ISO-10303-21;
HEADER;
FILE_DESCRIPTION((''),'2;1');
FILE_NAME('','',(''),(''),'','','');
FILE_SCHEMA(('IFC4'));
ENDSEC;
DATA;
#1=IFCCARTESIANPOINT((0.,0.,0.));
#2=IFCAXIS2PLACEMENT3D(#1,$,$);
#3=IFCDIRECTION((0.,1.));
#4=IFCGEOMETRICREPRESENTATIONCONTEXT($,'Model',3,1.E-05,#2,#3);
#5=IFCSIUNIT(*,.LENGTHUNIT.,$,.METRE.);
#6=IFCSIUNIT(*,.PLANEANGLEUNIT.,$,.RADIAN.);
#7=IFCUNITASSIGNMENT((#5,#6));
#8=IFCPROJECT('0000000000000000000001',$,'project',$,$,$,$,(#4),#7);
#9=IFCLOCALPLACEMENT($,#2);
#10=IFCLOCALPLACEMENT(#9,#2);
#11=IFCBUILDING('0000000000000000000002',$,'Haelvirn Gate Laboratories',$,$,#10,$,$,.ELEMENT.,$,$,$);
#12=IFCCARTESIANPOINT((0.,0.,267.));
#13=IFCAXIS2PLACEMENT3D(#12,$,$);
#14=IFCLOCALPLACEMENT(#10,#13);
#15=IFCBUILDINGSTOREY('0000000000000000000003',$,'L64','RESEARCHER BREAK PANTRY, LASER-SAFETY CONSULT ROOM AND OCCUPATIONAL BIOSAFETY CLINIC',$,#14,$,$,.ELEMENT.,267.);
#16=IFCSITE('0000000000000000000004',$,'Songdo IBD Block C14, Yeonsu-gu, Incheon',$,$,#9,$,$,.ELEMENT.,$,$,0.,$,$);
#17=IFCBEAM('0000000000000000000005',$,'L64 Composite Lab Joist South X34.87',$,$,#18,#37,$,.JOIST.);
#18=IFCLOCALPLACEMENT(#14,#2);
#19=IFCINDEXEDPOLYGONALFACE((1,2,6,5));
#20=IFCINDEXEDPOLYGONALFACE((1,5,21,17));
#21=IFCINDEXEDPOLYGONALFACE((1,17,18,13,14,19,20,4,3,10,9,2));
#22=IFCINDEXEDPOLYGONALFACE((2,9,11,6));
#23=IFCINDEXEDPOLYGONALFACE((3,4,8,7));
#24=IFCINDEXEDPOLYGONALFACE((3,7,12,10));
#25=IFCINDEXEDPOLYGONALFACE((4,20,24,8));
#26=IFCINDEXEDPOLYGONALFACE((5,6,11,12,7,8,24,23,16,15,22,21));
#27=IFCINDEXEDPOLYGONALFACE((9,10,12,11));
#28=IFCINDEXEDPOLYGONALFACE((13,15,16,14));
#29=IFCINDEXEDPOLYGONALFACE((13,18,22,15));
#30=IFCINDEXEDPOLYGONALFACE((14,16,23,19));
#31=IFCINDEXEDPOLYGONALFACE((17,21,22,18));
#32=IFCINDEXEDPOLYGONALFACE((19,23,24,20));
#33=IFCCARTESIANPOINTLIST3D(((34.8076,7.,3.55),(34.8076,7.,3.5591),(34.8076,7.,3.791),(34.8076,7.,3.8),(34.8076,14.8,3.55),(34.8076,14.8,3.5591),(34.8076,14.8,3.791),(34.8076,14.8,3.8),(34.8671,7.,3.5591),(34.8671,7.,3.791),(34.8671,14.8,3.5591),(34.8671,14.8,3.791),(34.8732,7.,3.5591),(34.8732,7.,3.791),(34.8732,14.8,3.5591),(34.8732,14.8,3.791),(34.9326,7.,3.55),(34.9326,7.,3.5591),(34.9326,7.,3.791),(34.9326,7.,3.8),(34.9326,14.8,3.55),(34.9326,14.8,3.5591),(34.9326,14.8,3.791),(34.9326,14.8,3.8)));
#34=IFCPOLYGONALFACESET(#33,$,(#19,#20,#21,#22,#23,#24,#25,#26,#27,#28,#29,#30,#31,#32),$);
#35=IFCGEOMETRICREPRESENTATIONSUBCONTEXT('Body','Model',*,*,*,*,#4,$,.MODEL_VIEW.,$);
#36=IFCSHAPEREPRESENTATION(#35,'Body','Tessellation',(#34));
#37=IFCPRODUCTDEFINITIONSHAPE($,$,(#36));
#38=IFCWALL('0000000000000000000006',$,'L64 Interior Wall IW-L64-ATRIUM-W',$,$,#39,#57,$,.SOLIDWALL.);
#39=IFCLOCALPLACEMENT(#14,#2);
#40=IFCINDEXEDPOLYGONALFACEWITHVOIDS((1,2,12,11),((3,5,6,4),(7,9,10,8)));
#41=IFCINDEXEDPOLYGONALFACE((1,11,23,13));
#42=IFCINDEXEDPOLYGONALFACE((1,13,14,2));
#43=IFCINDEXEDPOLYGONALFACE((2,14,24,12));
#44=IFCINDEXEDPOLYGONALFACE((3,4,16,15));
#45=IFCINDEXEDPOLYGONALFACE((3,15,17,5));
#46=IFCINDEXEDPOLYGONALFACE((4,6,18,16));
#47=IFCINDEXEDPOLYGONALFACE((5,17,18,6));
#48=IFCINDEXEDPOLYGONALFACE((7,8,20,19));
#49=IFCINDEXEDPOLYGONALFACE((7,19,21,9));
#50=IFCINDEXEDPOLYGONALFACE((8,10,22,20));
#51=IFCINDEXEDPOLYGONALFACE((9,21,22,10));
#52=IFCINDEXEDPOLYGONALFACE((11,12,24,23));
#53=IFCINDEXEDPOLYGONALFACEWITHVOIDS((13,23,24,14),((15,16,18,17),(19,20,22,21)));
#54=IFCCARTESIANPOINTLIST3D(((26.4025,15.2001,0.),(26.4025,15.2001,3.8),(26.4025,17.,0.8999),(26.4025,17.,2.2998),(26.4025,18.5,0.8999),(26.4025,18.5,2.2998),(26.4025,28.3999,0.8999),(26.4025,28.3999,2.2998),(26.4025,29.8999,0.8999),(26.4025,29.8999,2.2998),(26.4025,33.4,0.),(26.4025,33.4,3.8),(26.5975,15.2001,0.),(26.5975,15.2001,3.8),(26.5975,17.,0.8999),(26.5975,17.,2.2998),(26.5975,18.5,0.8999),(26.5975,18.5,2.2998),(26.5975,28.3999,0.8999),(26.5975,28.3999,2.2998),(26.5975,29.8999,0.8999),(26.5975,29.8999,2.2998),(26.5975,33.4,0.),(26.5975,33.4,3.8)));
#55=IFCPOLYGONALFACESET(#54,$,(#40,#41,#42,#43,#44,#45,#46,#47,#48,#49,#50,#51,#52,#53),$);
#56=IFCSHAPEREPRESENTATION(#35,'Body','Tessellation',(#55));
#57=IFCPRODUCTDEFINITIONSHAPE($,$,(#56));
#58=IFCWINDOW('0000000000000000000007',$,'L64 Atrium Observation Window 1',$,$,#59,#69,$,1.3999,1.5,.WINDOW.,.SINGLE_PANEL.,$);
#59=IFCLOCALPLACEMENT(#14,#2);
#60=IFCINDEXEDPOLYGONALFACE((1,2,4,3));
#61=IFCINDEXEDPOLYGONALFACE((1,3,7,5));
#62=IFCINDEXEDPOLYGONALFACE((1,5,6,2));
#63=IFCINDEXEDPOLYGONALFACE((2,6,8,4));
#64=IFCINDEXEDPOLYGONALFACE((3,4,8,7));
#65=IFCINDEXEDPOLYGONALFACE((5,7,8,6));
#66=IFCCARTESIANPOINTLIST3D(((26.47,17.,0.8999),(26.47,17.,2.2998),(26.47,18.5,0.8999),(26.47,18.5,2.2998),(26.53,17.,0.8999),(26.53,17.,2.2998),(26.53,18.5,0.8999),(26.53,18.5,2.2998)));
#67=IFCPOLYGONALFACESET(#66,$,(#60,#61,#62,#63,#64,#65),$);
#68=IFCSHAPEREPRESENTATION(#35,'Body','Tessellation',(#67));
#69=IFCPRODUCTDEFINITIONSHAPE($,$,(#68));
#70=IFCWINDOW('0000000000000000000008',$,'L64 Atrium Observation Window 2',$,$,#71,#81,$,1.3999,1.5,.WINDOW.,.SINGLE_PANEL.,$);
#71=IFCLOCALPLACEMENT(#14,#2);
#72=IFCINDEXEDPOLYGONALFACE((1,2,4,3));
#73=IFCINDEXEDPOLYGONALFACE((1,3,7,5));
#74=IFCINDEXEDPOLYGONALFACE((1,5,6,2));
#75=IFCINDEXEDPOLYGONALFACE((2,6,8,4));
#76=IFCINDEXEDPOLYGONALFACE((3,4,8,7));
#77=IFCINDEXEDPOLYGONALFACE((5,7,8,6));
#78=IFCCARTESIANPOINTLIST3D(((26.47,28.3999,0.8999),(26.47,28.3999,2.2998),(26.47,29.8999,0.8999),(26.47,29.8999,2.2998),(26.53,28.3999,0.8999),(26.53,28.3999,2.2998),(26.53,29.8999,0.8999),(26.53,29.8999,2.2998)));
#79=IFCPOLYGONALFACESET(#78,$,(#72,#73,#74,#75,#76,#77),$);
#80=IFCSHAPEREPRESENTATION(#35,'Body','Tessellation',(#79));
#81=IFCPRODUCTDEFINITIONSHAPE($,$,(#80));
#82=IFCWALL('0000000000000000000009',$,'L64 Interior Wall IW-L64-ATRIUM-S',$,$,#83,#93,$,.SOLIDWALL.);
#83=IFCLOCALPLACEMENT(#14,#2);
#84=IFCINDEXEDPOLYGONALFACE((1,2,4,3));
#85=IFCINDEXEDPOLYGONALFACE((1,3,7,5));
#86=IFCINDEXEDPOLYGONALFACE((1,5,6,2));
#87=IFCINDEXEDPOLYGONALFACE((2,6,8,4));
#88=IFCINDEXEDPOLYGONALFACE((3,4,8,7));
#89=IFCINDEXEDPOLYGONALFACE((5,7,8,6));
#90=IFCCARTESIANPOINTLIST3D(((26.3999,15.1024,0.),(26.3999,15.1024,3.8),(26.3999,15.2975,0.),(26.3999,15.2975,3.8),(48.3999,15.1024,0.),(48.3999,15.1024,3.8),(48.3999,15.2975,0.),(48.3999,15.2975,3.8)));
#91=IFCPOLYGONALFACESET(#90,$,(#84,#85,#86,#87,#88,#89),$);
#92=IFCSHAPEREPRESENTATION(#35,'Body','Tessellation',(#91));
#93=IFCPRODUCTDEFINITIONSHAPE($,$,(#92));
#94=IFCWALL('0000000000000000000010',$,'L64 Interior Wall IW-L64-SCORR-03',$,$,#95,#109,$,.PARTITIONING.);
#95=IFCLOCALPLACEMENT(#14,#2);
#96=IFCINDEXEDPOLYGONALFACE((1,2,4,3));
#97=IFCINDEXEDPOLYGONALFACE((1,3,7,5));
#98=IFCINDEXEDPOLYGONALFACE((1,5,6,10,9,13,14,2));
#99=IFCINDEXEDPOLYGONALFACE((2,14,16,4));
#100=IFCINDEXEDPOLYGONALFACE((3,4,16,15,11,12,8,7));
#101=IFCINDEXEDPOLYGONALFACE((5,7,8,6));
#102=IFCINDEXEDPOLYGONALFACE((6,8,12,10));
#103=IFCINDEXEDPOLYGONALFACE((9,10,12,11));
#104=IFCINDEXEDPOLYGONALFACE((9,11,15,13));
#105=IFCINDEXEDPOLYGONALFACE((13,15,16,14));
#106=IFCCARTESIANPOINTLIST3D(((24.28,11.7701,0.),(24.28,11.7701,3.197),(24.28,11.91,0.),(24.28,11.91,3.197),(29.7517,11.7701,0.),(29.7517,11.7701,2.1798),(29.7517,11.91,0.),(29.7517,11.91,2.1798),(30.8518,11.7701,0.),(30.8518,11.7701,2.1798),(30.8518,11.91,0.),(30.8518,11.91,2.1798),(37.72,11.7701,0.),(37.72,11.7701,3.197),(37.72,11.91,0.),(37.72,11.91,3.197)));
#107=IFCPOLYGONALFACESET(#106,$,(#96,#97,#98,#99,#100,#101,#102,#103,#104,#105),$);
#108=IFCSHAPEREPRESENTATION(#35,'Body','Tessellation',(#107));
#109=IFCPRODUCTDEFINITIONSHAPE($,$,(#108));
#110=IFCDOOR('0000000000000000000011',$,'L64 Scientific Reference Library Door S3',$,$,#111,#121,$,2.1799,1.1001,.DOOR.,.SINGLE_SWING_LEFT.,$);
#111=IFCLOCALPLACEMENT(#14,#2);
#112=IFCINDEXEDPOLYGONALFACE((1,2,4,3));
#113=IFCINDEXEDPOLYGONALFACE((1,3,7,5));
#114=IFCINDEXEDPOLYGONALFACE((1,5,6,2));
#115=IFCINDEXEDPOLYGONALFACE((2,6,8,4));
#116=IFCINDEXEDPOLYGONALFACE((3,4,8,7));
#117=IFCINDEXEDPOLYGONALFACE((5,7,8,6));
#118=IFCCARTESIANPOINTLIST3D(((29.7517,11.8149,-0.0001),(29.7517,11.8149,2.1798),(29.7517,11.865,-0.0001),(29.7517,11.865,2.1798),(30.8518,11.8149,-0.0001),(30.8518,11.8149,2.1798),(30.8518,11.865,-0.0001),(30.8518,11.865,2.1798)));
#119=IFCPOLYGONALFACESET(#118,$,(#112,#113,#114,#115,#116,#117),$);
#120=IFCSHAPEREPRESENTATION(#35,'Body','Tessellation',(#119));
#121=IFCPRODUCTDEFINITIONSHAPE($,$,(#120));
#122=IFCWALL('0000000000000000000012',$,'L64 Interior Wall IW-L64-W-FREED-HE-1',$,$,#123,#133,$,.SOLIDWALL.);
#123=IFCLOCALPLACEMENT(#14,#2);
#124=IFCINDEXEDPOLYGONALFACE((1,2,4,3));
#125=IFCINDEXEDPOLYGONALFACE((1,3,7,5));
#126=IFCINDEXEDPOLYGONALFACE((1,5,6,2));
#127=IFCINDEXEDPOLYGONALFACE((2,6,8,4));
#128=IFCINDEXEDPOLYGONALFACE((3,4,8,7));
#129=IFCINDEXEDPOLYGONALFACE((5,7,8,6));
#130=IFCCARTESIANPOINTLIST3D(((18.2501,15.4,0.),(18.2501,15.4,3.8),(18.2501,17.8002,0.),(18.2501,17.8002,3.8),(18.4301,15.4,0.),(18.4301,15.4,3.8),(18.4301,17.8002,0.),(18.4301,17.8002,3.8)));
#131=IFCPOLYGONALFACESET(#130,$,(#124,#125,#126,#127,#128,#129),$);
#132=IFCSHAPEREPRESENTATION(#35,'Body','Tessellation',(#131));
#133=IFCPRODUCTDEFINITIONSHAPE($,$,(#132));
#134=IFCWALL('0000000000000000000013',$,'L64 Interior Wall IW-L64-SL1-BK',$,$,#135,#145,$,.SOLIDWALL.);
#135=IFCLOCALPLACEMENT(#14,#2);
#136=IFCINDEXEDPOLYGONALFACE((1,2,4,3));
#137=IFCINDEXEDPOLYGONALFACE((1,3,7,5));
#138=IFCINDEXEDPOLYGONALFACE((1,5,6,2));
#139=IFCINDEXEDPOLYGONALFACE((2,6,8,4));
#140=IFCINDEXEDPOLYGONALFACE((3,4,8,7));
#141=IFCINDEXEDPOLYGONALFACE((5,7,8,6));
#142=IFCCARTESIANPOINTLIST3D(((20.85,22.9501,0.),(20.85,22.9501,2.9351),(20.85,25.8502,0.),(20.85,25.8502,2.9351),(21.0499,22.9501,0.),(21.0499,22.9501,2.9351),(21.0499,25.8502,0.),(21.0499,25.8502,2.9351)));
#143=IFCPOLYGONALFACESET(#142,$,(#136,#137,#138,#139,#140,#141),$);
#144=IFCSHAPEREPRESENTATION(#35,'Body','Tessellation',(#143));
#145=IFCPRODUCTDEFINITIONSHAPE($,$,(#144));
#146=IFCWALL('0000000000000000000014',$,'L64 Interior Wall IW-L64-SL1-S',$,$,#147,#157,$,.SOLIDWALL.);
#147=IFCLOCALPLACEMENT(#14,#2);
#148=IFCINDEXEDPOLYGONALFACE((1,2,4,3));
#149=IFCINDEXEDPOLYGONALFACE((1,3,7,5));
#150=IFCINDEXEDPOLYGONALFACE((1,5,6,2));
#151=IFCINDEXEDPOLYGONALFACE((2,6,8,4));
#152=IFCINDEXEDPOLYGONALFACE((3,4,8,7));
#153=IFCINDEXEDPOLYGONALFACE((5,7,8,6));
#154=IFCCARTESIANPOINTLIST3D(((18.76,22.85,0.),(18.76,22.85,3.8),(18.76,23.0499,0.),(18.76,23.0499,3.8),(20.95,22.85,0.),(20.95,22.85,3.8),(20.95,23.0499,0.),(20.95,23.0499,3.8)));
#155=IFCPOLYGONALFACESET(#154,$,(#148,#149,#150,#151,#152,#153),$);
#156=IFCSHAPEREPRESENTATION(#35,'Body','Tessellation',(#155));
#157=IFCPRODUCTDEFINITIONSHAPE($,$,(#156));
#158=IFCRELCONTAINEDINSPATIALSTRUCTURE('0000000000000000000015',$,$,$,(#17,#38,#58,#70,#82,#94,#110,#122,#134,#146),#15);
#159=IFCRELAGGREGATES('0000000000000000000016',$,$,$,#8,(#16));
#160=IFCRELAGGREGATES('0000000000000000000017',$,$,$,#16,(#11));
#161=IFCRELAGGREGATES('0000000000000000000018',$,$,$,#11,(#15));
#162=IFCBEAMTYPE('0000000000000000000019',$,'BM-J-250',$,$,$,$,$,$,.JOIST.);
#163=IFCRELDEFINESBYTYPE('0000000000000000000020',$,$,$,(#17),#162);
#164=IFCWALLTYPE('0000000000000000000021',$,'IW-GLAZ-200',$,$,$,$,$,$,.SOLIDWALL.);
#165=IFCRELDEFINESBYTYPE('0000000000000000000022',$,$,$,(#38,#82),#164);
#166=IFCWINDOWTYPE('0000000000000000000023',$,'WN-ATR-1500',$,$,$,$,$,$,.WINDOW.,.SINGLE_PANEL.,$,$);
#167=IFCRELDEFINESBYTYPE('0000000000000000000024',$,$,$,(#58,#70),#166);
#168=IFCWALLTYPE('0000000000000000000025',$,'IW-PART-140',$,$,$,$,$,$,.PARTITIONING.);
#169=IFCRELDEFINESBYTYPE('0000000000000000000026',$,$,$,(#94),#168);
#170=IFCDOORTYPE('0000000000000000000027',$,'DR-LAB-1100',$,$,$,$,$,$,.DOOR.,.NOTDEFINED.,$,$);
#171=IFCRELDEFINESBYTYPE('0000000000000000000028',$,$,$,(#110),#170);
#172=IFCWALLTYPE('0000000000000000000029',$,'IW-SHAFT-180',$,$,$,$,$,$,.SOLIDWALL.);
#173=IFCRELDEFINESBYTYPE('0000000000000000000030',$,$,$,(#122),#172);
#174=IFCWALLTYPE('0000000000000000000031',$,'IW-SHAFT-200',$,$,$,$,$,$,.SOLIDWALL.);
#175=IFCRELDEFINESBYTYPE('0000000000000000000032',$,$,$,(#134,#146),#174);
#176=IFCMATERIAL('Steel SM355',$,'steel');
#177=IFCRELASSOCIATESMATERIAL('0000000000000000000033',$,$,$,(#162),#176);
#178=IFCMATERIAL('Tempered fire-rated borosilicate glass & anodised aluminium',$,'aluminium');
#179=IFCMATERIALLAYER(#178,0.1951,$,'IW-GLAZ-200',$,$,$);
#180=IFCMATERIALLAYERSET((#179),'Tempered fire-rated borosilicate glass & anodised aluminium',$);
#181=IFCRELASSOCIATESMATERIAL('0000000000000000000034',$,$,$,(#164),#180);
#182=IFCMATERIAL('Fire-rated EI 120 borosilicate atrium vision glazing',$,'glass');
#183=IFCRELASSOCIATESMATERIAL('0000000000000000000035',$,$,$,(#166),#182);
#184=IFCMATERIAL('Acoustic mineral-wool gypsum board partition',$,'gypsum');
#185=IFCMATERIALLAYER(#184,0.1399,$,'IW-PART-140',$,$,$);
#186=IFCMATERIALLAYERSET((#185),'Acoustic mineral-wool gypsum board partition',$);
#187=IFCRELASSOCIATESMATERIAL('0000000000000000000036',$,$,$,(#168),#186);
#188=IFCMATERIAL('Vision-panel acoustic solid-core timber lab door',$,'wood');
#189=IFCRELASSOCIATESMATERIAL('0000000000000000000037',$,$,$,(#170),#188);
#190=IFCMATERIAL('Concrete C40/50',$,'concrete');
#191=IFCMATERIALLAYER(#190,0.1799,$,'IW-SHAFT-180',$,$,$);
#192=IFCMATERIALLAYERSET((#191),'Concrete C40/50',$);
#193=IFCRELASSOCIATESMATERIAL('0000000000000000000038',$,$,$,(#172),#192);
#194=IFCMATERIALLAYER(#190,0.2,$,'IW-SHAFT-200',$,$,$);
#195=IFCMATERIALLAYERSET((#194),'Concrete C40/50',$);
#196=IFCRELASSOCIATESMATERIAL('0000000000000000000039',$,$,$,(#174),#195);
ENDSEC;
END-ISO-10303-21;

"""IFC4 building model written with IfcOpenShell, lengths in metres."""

from ifc_helpers import new_model, si_unit, direction, frame, frame_2d, origin, origin_2d, place, context, subcontext, project, spatial, rectangle, i_section, extrude, source, transform, mapped, material, layer, layer_set, material_profile, profile_set, type_object, type_shapes, element, fill, save


model = new_model("IFC4")

# Units and contexts
model_context = context("Model", 3, precision=1e-05, world=origin(), true_north=direction((0.0, 1.0)))
body_context = subcontext(model_context, "Body", "Model", "MODEL_VIEW")
ifc_project = project(units=[si_unit("LENGTHUNIT", "METRE"), si_unit("PLANEANGLEUNIT", "RADIAN")], contexts=[model_context])

# Site, building, storey
site_placement = place(None, origin())
site = spatial("IfcSite", under=ifc_project, at=site_placement, Name="Songdo IBD Block C14, Yeonsu-gu, Incheon", CompositionType="ELEMENT", RefElevation=0.0)
building_placement = place(site_placement, origin())
building = spatial("IfcBuilding", under=site, at=building_placement, Name="Haelvirn Gate Laboratories", CompositionType="ELEMENT")
storey_placement = place(building_placement, frame((0.0, 0.0, 267.0)))
storey = spatial("IfcBuildingStorey", under=building, at=storey_placement, Name="L64", Description="RESEARCHER BREAK PANTRY, LASER-SAFETY CONSULT ROOM AND OCCUPATIONAL BIOSAFETY CLINIC", CompositionType="ELEMENT", Elevation=267.0)

# Shared definitions
ifc_material_1 = material(Name="Steel SM355", Category="steel")

# Beam
ifc_material_profile_1 = material_profile(ifc_material_1, i_section(OverallWidth=0.125, OverallDepth=0.25, WebThickness=0.0061, FlangeThickness=0.009, at=origin_2d()), Name="H-250x125x6x9")
ifc_profile_set_1 = profile_set([ifc_material_profile_1], Name="Steel SM355")
beam_type_1 = type_object("IfcBeamType", Name="BM-J-250", PredefinedType="JOIST", material=ifc_profile_set_1)
shared_shape_1 = source(origin(), body_context, "Body", "SweptSolid", [
    extrude(i_section(OverallWidth=0.125, OverallDepth=0.25, WebThickness=0.0061, FlangeThickness=0.009, at=origin_2d()), origin(), (0.0, 0.0, 1.0), 7.8),
])
type_shapes(beam_type_1, [shared_shape_1])
for number, where, z_axis, x_axis, name in (
    (1, (34.8701, 7.0, 3.675), (0.0, 1.0, 0.0), (-1.0, 0.0, 0.0), "L64 Composite Lab Joist South X34.87"),
):
    element("IfcBeam", number, at=place(storey_placement, frame(where, z_axis=z_axis, x_axis=x_axis)), inside=storey, type_object=beam_type_1, Name=name, PredefinedType="JOIST", context=body_context, shape_type="MappedRepresentation", body=[
        mapped(shared_shape_1, transform((0.0, 0.0, 0.0), scale=1.0)),
    ])

# Wall, openings, windows
ifc_material_2 = material(Name="Tempered fire-rated borosilicate glass & anodised aluminium", Category="aluminium")
ifc_layer_1 = layer(ifc_material_2, 0.1951, Name="IW-GLAZ-200")
ifc_layer_set_1 = layer_set([ifc_layer_1], Name="Tempered fire-rated borosilicate glass & anodised aluminium")
wall_type_1 = type_object("IfcWallType", Name="IW-GLAZ-200", PredefinedType="SOLIDWALL", material=ifc_layer_set_1)
wall_1_placement = place(storey_placement, frame((26.5, 15.2, 0.0), z_axis=(0.0, 0.0, 1.0), x_axis=(0.0, 1.0, 0.0)))
wall_1 = element("IfcWall", 2, at=wall_1_placement, inside=storey, type_object=wall_type_1, Name="L64 Interior Wall IW-L64-ATRIUM-W", PredefinedType="SOLIDWALL", context=body_context, shape_type="SweptSolid", body=[
    extrude(rectangle(XDim=18.2, YDim=0.1951, at=frame_2d((9.1001, 0.0))), origin(), (0.0, 0.0, 1.0), 3.8),
])
opening_1_placement = place(wall_1_placement, frame((1.8, 0.0, 0.8999)))
opening_1 = element("IfcOpeningElement", 3, at=opening_1_placement, cuts=wall_1, PredefinedType="OPENING", context=body_context, shape_type="SweptSolid", body=[
    extrude(rectangle(XDim=1.5, YDim=1.3999, at=frame_2d((0.75, 0.7))), frame((0.0, 0.1074, 0.0), z_axis=(0.0, -1.0, 0.0), x_axis=(1.0, 0.0, 0.0)), (0.0, 0.0, 1.0), 0.2151),
])
opening_2_placement = place(wall_1_placement, frame((13.2, 0.0, 0.8999)))
opening_2 = element("IfcOpeningElement", 4, at=opening_2_placement, cuts=wall_1, PredefinedType="OPENING", context=body_context, shape_type="SweptSolid", body=[
    extrude(rectangle(XDim=1.5, YDim=1.3999, at=frame_2d((0.75, 0.7))), frame((0.0, 0.1074, 0.0), z_axis=(0.0, -1.0, 0.0), x_axis=(1.0, 0.0, 0.0)), (0.0, 0.0, 1.0), 0.2151),
])
ifc_material_3 = material(Name="Fire-rated EI 120 borosilicate atrium vision glazing", Category="glass")
window_type = type_object("IfcWindowType", Name="WN-ATR-1500", PartitioningType="SINGLE_PANEL", PredefinedType="WINDOW", material=ifc_material_3)
shared_shape_2 = source(origin(), body_context, "Body", "SweptSolid", [
    extrude(rectangle(XDim=1.5, YDim=1.3999, at=frame_2d((0.75, 0.7))), frame((0.0, 0.03, 0.0), z_axis=(0.0, -1.0, 0.0), x_axis=(1.0, 0.0, 0.0)), (0.0, 0.0, 1.0), 0.0601),
])
type_shapes(window_type, [shared_shape_2])
window_1_placement = place(opening_1_placement, origin())
window_1 = element("IfcWindow", 5, at=window_1_placement, inside=storey, type_object=window_type, Name="L64 Atrium Observation Window 1", OverallHeight=1.3999, OverallWidth=1.5, PartitioningType="SINGLE_PANEL", PredefinedType="WINDOW", context=body_context, shape_type="MappedRepresentation", body=[
    mapped(shared_shape_2, transform((0.0, 0.0, 0.0), scale=1.0)),
])
fill(opening_1, window_1)
window_2_placement = place(opening_2_placement, origin())
window_2 = element("IfcWindow", 6, at=window_2_placement, inside=storey, type_object=window_type, Name="L64 Atrium Observation Window 2", OverallHeight=1.3999, OverallWidth=1.5, PartitioningType="SINGLE_PANEL", PredefinedType="WINDOW", context=body_context, shape_type="MappedRepresentation", body=[
    mapped(shared_shape_2, transform((0.0, 0.0, 0.0), scale=1.0)),
])
fill(opening_2, window_2)

# Wall
wall_2_placement = place(storey_placement, frame((26.3999, 15.2, 0.0), z_axis=(0.0, 0.0, 1.0), x_axis=(1.0, 0.0, 0.0)))
element("IfcWall", 7, at=wall_2_placement, inside=storey, type_object=wall_type_1, Name="L64 Interior Wall IW-L64-ATRIUM-S", PredefinedType="SOLIDWALL", context=body_context, shape_type="SweptSolid", body=[
    extrude(rectangle(XDim=22.0, YDim=0.1951, at=frame_2d((11.0, 0.0))), origin(), (0.0, 0.0, 1.0), 3.8),
])

# Wall, opening, door
ifc_material_4 = material(Name="Acoustic mineral-wool gypsum board partition", Category="gypsum")
ifc_layer_2 = layer(ifc_material_4, 0.1399, Name="IW-PART-140")
ifc_layer_set_2 = layer_set([ifc_layer_2], Name="Acoustic mineral-wool gypsum board partition")
wall_type_2 = type_object("IfcWallType", Name="IW-PART-140", PredefinedType="PARTITIONING", material=ifc_layer_set_2)
wall_3_placement = place(storey_placement, frame((24.28, 11.8401, 0.0), z_axis=(0.0, 0.0, 1.0), x_axis=(1.0, 0.0, 0.0)))
wall_3 = element("IfcWall", 8, at=wall_3_placement, inside=storey, type_object=wall_type_2, Name="L64 Interior Wall IW-L64-SCORR-03", PredefinedType="PARTITIONING", context=body_context, shape_type="SweptSolid", body=[
    extrude(rectangle(XDim=13.4399, YDim=0.1399, at=frame_2d((6.72, 0.0))), origin(), (0.0, 0.0, 1.0), 3.197),
])
opening_3_placement = place(wall_3_placement, frame((5.4717, 0.0, 0.0)))
opening_3 = element("IfcOpeningElement", 9, at=opening_3_placement, cuts=wall_3, PredefinedType="OPENING", context=body_context, shape_type="SweptSolid", body=[
    extrude(rectangle(XDim=1.1001, YDim=2.1799, at=frame_2d((0.55, 1.0898))), frame((0.0, 0.0801, 0.0), z_axis=(0.0, -1.0, 0.0), x_axis=(1.0, 0.0, 0.0)), (0.0, 0.0, 1.0), 0.1599),
])
ifc_material_5 = material(Name="Vision-panel acoustic solid-core timber lab door", Category="wood")
door_type_1 = type_object("IfcDoorType", Name="DR-LAB-1100", OperationType="NOTDEFINED", PredefinedType="DOOR", material=ifc_material_5)
shared_shape_3 = source(origin(), body_context, "Body", "SweptSolid", [
    extrude(rectangle(XDim=1.1001, YDim=2.1799, at=frame_2d((0.55, 1.0898))), frame((0.0, 0.0249, 0.0), z_axis=(0.0, -1.0, 0.0), x_axis=(1.0, 0.0, 0.0)), (0.0, 0.0, 1.0), 0.05),
])
type_shapes(door_type_1, [shared_shape_3])
door_1_placement = place(opening_3_placement, origin())
door_1 = element("IfcDoor", 10, at=door_1_placement, inside=storey, type_object=door_type_1, Name="L64 Scientific Reference Library Door S3", OperationType="SINGLE_SWING_LEFT", OverallHeight=2.1799, OverallWidth=1.1001, PredefinedType="DOOR", context=body_context, shape_type="MappedRepresentation", body=[
    mapped(shared_shape_3, transform((0.0, 0.0, 0.0), scale=1.0)),
])
fill(opening_3, door_1)

# Walls
ifc_material_6 = material(Name="Concrete C40/50", Category="concrete")
ifc_layer_3 = layer(ifc_material_6, 0.1799, Name="IW-SHAFT-180")
ifc_layer_set_3 = layer_set([ifc_layer_3], Name="Concrete C40/50")
wall_type_3 = type_object("IfcWallType", Name="IW-SHAFT-180", PredefinedType="SOLIDWALL", material=ifc_layer_set_3)
wall_4_placement = place(storey_placement, frame((18.3401, 15.3999, 0.0), z_axis=(0.0, 0.0, 1.0), x_axis=(0.0, 1.0, 0.0)))
element("IfcWall", 11, at=wall_4_placement, inside=storey, type_object=wall_type_3, Name="L64 Interior Wall IW-L64-W-FREED-HE-1", PredefinedType="SOLIDWALL", context=body_context, shape_type="SweptSolid", body=[
    extrude(rectangle(XDim=2.4001, YDim=0.1799, at=frame_2d((1.2002, 0.0))), origin(), (0.0, 0.0, 1.0), 3.8),
])
ifc_layer_4 = layer(ifc_material_6, 0.2, Name="IW-SHAFT-200")
ifc_layer_set_4 = layer_set([ifc_layer_4], Name="Concrete C40/50")
wall_type_4 = type_object("IfcWallType", Name="IW-SHAFT-200", PredefinedType="SOLIDWALL", material=ifc_layer_set_4)
wall_5_placement = place(storey_placement, frame((20.95, 22.95, 0.0), z_axis=(0.0, 0.0, 1.0), x_axis=(0.0, 1.0, 0.0)))
element("IfcWall", 12, at=wall_5_placement, inside=storey, type_object=wall_type_4, Name="L64 Interior Wall IW-L64-SL1-BK", PredefinedType="SOLIDWALL", context=body_context, shape_type="SweptSolid", body=[
    extrude(rectangle(XDim=2.9001, YDim=0.2, at=frame_2d((1.4502, 0.0))), origin(), (0.0, 0.0, 1.0), 2.9351),
])
wall_6_placement = place(storey_placement, frame((18.76, 22.95, 0.0), z_axis=(0.0, 0.0, 1.0), x_axis=(1.0, 0.0, 0.0)))
element("IfcWall", 13, at=wall_6_placement, inside=storey, type_object=wall_type_4, Name="L64 Interior Wall IW-L64-SL1-S", PredefinedType="SOLIDWALL", context=body_context, shape_type="SweptSolid", body=[
    extrude(rectangle(XDim=2.1899, YDim=0.2, at=frame_2d((1.095, 0.0))), origin(), (0.0, 0.0, 1.0), 3.8),
])

save(model, "model.ifc")
